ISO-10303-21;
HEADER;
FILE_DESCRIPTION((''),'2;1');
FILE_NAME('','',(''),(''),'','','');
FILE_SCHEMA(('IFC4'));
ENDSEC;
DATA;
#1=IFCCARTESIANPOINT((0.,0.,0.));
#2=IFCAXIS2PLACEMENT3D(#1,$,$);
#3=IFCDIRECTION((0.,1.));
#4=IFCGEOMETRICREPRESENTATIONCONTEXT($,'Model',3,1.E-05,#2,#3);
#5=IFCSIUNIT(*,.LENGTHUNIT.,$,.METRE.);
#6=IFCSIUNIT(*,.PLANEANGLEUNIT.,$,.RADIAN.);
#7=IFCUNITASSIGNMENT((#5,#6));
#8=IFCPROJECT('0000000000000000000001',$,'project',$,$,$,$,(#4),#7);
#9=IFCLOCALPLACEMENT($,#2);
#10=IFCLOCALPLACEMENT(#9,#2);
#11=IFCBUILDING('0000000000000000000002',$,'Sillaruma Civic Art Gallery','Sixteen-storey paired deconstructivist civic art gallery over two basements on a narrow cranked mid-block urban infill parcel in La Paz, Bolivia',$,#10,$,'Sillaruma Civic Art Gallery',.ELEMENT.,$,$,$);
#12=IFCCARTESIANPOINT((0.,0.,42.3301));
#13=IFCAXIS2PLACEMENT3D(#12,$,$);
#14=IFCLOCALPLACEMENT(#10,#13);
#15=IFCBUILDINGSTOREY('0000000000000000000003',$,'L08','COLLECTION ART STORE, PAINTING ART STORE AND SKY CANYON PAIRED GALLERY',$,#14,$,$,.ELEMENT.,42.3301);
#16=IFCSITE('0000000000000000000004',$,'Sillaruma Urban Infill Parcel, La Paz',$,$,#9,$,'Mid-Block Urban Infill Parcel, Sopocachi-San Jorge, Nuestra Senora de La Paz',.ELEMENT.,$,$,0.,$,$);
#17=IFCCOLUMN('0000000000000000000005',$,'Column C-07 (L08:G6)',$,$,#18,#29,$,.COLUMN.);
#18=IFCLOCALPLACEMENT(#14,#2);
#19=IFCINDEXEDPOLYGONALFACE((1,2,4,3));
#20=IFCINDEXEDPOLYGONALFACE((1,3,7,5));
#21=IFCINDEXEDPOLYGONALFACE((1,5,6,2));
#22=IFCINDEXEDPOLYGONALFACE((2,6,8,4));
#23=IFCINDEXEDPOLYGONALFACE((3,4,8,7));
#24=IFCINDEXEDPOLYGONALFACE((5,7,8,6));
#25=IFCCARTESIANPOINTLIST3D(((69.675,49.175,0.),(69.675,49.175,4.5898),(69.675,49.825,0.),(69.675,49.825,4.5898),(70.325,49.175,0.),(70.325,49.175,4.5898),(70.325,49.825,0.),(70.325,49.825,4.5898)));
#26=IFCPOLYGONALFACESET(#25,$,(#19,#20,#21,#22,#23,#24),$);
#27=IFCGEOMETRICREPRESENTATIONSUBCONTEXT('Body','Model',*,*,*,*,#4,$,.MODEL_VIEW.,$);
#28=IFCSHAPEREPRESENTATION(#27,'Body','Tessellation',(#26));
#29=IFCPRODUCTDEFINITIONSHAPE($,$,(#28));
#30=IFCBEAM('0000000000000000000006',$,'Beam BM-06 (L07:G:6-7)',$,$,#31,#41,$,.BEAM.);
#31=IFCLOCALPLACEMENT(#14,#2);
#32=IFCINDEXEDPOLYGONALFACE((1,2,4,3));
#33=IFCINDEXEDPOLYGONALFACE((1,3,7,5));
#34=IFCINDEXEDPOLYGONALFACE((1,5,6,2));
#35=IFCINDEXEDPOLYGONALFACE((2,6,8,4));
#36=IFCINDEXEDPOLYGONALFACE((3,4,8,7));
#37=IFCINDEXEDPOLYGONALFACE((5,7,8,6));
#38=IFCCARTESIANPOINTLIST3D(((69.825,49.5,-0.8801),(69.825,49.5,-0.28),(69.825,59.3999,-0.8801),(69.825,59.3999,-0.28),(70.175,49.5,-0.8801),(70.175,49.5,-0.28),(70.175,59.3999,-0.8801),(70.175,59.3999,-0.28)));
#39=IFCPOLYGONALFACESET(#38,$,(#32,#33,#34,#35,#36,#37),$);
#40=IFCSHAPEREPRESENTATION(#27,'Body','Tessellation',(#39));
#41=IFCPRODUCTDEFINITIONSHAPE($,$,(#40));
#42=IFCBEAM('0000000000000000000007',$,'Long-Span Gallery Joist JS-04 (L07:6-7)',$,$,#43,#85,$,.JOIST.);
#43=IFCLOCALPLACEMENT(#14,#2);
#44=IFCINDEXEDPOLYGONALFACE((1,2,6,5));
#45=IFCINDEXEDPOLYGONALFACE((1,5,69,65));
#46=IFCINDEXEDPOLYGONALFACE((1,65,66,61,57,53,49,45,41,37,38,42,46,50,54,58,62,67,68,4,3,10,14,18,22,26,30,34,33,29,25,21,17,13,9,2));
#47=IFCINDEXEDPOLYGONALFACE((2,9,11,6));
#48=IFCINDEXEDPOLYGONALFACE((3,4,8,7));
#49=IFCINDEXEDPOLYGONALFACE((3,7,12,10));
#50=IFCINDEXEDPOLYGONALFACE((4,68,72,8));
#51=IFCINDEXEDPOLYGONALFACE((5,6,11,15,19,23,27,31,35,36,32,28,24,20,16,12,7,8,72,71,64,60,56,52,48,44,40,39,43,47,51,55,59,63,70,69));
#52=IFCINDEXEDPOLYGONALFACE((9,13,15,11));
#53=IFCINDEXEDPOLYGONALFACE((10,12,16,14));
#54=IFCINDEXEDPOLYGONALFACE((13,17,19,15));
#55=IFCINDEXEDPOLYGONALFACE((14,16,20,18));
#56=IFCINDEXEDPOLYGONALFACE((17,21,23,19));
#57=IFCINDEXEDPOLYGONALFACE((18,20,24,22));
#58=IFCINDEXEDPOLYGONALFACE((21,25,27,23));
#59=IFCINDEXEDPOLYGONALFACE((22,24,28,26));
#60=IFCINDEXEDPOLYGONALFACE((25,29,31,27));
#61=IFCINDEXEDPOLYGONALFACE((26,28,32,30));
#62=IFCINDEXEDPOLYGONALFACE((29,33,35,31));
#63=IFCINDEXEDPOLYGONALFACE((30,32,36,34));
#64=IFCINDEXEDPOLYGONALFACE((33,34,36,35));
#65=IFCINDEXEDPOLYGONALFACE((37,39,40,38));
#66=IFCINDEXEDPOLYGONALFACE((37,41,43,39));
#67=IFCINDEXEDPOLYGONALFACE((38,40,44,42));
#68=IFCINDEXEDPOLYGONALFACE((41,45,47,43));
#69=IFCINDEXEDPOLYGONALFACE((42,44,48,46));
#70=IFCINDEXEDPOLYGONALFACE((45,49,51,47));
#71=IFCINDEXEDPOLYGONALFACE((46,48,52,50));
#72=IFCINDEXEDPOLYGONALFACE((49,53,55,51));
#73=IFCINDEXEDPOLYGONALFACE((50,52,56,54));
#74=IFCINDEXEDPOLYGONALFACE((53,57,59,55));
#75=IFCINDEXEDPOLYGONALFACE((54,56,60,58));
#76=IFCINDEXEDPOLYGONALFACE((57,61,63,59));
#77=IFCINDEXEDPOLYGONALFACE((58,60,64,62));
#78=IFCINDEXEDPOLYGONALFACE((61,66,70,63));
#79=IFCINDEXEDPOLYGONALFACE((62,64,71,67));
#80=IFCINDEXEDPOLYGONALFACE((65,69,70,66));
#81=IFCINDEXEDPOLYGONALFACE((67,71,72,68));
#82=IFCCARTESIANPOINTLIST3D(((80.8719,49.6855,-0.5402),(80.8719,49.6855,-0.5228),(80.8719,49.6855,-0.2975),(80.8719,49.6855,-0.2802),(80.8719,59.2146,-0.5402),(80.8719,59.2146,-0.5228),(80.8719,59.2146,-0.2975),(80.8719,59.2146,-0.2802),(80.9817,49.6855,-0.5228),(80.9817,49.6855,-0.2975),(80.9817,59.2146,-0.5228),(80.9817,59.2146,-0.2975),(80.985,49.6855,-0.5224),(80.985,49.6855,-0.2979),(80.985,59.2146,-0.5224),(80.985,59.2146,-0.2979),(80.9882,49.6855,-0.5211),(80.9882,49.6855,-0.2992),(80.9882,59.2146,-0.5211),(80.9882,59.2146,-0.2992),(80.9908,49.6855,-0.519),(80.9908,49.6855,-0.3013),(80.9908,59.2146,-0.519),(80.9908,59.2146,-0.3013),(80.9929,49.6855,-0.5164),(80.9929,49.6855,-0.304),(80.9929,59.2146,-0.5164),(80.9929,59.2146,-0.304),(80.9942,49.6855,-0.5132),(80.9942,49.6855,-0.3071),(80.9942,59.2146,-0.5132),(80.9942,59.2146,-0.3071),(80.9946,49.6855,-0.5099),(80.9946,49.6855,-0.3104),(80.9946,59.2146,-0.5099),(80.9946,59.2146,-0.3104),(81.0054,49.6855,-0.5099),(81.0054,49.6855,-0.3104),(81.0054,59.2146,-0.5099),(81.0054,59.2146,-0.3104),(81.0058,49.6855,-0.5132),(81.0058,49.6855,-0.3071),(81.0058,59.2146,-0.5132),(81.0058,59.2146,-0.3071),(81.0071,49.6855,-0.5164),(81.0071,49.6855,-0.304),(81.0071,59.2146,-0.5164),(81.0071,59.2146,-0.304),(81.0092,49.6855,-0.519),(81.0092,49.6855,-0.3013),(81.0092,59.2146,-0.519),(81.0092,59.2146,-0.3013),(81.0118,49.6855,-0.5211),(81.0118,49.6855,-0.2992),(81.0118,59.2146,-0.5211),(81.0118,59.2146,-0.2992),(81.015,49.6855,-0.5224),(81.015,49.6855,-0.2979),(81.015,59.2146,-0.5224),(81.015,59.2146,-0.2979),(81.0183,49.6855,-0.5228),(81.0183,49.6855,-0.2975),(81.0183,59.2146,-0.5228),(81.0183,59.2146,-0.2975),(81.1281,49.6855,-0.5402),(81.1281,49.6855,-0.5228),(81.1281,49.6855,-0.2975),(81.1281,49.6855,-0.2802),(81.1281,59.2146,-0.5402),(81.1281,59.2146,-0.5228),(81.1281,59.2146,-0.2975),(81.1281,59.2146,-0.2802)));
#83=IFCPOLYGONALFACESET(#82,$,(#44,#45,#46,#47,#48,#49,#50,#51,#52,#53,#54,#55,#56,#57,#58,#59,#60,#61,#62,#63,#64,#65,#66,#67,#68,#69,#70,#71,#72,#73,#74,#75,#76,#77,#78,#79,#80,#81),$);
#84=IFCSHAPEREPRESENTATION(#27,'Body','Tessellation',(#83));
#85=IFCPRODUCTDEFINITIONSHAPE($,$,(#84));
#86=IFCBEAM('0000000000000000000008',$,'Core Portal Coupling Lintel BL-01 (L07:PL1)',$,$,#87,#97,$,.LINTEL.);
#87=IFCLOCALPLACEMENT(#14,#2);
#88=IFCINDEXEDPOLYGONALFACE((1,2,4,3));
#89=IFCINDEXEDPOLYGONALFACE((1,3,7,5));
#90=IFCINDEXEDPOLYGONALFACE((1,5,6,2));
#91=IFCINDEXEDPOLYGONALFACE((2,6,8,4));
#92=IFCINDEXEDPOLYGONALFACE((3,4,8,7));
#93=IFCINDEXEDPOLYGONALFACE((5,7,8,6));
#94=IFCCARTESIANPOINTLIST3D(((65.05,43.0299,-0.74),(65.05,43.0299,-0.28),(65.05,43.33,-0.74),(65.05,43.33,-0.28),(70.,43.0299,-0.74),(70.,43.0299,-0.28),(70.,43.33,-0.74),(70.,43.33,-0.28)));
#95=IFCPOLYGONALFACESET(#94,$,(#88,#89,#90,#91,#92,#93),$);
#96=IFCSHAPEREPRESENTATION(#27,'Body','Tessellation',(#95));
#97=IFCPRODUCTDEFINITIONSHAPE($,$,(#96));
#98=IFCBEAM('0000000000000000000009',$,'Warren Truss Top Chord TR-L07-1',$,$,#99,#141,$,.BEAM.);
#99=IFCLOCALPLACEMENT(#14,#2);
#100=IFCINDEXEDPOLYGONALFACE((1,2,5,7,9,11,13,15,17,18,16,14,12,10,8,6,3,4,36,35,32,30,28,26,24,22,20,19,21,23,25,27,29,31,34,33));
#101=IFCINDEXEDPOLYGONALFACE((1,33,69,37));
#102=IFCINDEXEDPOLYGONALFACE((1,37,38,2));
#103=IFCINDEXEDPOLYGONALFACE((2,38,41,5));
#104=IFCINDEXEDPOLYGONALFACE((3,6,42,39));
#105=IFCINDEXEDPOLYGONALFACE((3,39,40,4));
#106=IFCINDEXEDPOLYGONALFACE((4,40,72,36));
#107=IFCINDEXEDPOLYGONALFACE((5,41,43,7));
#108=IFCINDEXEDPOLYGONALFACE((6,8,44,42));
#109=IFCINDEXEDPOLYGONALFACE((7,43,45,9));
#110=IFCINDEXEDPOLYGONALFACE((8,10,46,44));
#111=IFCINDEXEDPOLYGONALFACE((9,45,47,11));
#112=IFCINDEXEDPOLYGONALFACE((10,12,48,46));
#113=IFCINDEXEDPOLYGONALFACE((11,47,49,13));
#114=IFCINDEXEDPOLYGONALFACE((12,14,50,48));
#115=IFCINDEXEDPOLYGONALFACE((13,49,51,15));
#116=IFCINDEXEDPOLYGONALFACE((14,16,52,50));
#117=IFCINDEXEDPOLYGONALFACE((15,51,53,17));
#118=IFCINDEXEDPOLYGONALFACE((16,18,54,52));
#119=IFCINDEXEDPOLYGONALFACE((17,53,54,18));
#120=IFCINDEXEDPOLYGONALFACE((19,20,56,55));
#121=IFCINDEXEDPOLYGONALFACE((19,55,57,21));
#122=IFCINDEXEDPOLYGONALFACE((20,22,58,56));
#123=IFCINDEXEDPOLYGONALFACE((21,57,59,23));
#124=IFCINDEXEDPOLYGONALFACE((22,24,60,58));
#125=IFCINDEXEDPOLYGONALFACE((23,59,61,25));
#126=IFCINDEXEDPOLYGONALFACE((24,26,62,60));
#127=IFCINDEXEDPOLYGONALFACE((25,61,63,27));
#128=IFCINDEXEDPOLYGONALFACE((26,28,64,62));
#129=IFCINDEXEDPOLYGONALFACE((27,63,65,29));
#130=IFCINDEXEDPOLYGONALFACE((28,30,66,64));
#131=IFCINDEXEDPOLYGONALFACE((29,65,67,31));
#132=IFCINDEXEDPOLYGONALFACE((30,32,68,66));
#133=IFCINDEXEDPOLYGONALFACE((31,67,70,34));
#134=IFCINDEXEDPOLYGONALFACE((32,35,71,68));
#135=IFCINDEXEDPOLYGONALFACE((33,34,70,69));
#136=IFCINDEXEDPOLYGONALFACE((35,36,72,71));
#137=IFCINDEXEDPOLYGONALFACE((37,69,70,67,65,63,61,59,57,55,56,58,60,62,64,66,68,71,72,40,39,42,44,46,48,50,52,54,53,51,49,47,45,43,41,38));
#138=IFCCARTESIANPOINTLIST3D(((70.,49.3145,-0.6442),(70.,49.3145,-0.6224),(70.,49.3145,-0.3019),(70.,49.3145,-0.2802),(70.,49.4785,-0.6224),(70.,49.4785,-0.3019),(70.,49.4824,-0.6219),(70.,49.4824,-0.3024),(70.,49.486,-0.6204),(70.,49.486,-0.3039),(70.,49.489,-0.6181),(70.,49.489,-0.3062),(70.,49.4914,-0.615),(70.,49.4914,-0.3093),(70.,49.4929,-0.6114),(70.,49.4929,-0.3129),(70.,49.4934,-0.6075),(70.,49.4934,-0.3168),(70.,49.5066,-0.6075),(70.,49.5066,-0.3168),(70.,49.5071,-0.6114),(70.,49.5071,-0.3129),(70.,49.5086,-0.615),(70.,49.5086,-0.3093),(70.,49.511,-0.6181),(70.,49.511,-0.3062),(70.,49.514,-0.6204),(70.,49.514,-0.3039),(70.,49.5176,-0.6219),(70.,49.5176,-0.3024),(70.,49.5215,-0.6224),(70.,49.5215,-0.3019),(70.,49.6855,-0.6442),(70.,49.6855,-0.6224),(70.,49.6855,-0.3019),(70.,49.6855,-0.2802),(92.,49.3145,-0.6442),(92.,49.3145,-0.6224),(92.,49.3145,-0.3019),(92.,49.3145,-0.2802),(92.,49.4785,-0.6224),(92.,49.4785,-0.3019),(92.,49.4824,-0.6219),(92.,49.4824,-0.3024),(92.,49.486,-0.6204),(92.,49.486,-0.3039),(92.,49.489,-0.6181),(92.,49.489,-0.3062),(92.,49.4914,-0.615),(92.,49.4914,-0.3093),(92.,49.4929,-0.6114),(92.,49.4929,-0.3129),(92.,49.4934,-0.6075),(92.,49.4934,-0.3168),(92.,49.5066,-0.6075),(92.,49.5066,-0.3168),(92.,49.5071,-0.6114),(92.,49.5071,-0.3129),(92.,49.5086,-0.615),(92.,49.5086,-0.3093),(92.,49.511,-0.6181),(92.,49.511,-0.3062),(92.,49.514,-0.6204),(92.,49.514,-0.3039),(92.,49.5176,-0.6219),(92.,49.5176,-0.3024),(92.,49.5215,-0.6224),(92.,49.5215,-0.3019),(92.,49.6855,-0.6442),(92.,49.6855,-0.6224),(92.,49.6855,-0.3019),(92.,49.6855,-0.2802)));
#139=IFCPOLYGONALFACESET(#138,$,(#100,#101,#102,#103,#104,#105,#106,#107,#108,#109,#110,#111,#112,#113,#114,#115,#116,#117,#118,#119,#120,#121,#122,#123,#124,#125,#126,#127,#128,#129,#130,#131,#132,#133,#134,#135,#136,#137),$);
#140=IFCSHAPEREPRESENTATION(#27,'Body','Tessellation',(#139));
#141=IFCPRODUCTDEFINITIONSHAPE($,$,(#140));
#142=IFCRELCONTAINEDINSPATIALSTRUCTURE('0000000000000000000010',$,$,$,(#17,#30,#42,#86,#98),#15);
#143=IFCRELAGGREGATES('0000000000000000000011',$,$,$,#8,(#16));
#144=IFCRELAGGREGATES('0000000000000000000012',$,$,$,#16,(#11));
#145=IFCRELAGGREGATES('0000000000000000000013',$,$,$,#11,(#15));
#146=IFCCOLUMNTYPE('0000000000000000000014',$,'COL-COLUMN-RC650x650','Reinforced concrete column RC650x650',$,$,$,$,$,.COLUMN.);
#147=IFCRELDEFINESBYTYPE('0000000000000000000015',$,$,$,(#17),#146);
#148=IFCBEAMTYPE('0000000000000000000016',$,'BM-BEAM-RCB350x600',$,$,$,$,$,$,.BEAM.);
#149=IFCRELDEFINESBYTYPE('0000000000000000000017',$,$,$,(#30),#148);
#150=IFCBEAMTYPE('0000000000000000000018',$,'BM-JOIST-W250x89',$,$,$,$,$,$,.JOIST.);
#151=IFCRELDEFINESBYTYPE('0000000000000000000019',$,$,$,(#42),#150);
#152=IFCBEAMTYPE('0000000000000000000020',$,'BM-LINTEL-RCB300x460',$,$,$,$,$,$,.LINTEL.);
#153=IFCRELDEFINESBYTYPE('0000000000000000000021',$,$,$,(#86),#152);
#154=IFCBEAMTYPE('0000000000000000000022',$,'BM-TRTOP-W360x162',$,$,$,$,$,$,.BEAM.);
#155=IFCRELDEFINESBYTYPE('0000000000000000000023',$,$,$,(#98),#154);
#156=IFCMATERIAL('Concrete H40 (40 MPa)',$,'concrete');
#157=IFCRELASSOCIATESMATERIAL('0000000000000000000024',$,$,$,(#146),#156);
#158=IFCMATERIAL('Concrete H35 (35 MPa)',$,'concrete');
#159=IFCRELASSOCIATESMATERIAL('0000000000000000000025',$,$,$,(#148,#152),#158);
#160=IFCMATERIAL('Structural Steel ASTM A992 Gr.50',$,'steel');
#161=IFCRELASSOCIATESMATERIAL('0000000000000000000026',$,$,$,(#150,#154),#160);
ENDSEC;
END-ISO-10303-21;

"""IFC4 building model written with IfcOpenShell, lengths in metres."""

from ifc_helpers import new_model, si_unit, direction, frame, origin, origin_2d, place, context, subcontext, project, spatial, rectangle, i_section, extrude, material, material_profile, profile_set, type_object, element, save


model = new_model("IFC4")

# Units and contexts
model_context = context("Model", 3, precision=1e-05, world=origin(), true_north=direction((0.0, 1.0)))
body_context = subcontext(model_context, "Body", "Model", "MODEL_VIEW")
ifc_project = project(units=[si_unit("LENGTHUNIT", "METRE"), si_unit("PLANEANGLEUNIT", "RADIAN")], contexts=[model_context])

# Site, building, storey
site_placement = place(None, origin())
site = spatial("IfcSite", under=ifc_project, at=site_placement, Name="Sillaruma Urban Infill Parcel, La Paz", LongName="Mid-Block Urban Infill Parcel, Sopocachi-San Jorge, Nuestra Senora de La Paz", CompositionType="ELEMENT", RefElevation=0.0)
building_placement = place(site_placement, origin())
building = spatial("IfcBuilding", under=site, at=building_placement, Name="Sillaruma Civic Art Gallery", Description="Sixteen-storey paired deconstructivist civic art gallery over two basements on a narrow cranked mid-block urban infill parcel in La Paz, Bolivia", LongName="Sillaruma Civic Art Gallery", CompositionType="ELEMENT")
storey_placement = place(building_placement, frame((0.0, 0.0, 42.3301)))
storey = spatial("IfcBuildingStorey", under=building, at=storey_placement, Name="L08", Description="COLLECTION ART STORE, PAINTING ART STORE AND SKY CANYON PAIRED GALLERY", CompositionType="ELEMENT", Elevation=42.3301)

# Column
ifc_material_1 = material(Name="Concrete H40 (40 MPa)", Category="concrete")
ifc_material_profile_1 = material_profile(ifc_material_1, rectangle(XDim=0.6499, YDim=0.6499, at=origin_2d()), Name="RC650x650")
ifc_profile_set_1 = profile_set([ifc_material_profile_1], Name="Concrete H40 (40 MPa)")
column_type = type_object("IfcColumnType", Name="COL-COLUMN-RC650x650", Description="Reinforced concrete column RC650x650", PredefinedType="COLUMN", material=ifc_profile_set_1)
column_placement = place(storey_placement, frame((70.0, 49.5, 0.0), z_axis=(0.0, 0.0, 1.0), x_axis=(1.0, 0.0, 0.0)))
element("IfcColumn", 1, at=column_placement, inside=storey, type_object=column_type, Name="Column C-07 (L08:G6)", PredefinedType="COLUMN", context=body_context, shape_type="SweptSolid", body=[
    extrude(rectangle(XDim=0.6499, YDim=0.6499, at=origin_2d()), origin(), (0.0, 0.0, 1.0), 4.5898),
])

# Beams
ifc_material_2 = material(Name="Concrete H35 (35 MPa)", Category="concrete")
ifc_material_profile_2 = material_profile(ifc_material_2, rectangle(XDim=0.3501, YDim=0.6001, at=origin_2d()), Name="RCB350x600")
ifc_profile_set_2 = profile_set([ifc_material_profile_2], Name="Concrete H35 (35 MPa)")
beam_type_1 = type_object("IfcBeamType", Name="BM-BEAM-RCB350x600", PredefinedType="BEAM", material=ifc_profile_set_2)
beam_1_placement = place(storey_placement, frame((70.0, 49.5, -0.5801), z_axis=(0.0, 1.0, 0.0), x_axis=(-1.0, 0.0, 0.0)))
element("IfcBeam", 2, at=beam_1_placement, inside=storey, type_object=beam_type_1, Name="Beam BM-06 (L07:G:6-7)", PredefinedType="BEAM", context=body_context, shape_type="SweptSolid", body=[
    extrude(rectangle(XDim=0.3501, YDim=0.6001, at=origin_2d()), origin(), (0.0, 0.0, 1.0), 9.8999),
])
ifc_material_3 = material(Name="Structural Steel ASTM A992 Gr.50", Category="steel")
ifc_material_profile_3 = material_profile(ifc_material_3, i_section(OverallWidth=0.2561, OverallDepth=0.26, WebThickness=0.0107, FlangeThickness=0.0173, FilletRadius=0.0129, at=origin_2d()), Name="W250x89")
ifc_profile_set_3 = profile_set([ifc_material_profile_3], Name="Structural Steel ASTM A992 Gr.50")
beam_type_2 = type_object("IfcBeamType", Name="BM-JOIST-W250x89", PredefinedType="JOIST", material=ifc_profile_set_3)
beam_2_placement = place(storey_placement, frame((81.0, 49.6855, -0.4102), z_axis=(0.0, 1.0, 0.0), x_axis=(-1.0, 0.0, 0.0)))
element("IfcBeam", 3, at=beam_2_placement, inside=storey, type_object=beam_type_2, Name="Long-Span Gallery Joist JS-04 (L07:6-7)", PredefinedType="JOIST", context=body_context, shape_type="SweptSolid", body=[
    extrude(i_section(OverallWidth=0.2561, OverallDepth=0.26, WebThickness=0.0107, FlangeThickness=0.0173, FilletRadius=0.0129, at=origin_2d()), origin(), (0.0, 0.0, 1.0), 9.5291),
])
ifc_material_profile_4 = material_profile(ifc_material_2, rectangle(XDim=0.3, YDim=0.46, at=origin_2d()), Name="RCB300x460")
ifc_profile_set_4 = profile_set([ifc_material_profile_4], Name="Concrete H35 (35 MPa)")
beam_type_3 = type_object("IfcBeamType", Name="BM-LINTEL-RCB300x460", PredefinedType="LINTEL", material=ifc_profile_set_4)
beam_3_placement = place(storey_placement, frame((65.05, 43.1799, -0.51), z_axis=(1.0, 0.0, 0.0), x_axis=(0.0, 1.0, 0.0)))
element("IfcBeam", 4, at=beam_3_placement, inside=storey, type_object=beam_type_3, Name="Core Portal Coupling Lintel BL-01 (L07:PL1)", PredefinedType="LINTEL", context=body_context, shape_type="SweptSolid", body=[
    extrude(rectangle(XDim=0.3, YDim=0.46, at=origin_2d()), origin(), (0.0, 0.0, 1.0), 4.95),
])
ifc_material_profile_5 = material_profile(ifc_material_3, i_section(OverallWidth=0.3711, OverallDepth=0.364, WebThickness=0.0132, FlangeThickness=0.0217, FilletRadius=0.0149, at=origin_2d()), Name="W360x162")
ifc_profile_set_5 = profile_set([ifc_material_profile_5], Name="Structural Steel ASTM A992 Gr.50")
beam_type_4 = type_object("IfcBeamType", Name="BM-TRTOP-W360x162", PredefinedType="BEAM", material=ifc_profile_set_5)
beam_4_placement = place(storey_placement, frame((70.0, 49.5, -0.4622), z_axis=(1.0, 0.0, 0.0), x_axis=(0.0, 1.0, 0.0)))
element("IfcBeam", 5, at=beam_4_placement, inside=storey, type_object=beam_type_4, Name="Warren Truss Top Chord TR-L07-1", PredefinedType="BEAM", context=body_context, shape_type="SweptSolid", body=[
    extrude(i_section(OverallWidth=0.3711, OverallDepth=0.364, WebThickness=0.0132, FlangeThickness=0.0217, FilletRadius=0.0149, at=origin_2d()), origin(), (0.0, 0.0, 1.0), 22.0),
])

save(model, "model.ifc")
